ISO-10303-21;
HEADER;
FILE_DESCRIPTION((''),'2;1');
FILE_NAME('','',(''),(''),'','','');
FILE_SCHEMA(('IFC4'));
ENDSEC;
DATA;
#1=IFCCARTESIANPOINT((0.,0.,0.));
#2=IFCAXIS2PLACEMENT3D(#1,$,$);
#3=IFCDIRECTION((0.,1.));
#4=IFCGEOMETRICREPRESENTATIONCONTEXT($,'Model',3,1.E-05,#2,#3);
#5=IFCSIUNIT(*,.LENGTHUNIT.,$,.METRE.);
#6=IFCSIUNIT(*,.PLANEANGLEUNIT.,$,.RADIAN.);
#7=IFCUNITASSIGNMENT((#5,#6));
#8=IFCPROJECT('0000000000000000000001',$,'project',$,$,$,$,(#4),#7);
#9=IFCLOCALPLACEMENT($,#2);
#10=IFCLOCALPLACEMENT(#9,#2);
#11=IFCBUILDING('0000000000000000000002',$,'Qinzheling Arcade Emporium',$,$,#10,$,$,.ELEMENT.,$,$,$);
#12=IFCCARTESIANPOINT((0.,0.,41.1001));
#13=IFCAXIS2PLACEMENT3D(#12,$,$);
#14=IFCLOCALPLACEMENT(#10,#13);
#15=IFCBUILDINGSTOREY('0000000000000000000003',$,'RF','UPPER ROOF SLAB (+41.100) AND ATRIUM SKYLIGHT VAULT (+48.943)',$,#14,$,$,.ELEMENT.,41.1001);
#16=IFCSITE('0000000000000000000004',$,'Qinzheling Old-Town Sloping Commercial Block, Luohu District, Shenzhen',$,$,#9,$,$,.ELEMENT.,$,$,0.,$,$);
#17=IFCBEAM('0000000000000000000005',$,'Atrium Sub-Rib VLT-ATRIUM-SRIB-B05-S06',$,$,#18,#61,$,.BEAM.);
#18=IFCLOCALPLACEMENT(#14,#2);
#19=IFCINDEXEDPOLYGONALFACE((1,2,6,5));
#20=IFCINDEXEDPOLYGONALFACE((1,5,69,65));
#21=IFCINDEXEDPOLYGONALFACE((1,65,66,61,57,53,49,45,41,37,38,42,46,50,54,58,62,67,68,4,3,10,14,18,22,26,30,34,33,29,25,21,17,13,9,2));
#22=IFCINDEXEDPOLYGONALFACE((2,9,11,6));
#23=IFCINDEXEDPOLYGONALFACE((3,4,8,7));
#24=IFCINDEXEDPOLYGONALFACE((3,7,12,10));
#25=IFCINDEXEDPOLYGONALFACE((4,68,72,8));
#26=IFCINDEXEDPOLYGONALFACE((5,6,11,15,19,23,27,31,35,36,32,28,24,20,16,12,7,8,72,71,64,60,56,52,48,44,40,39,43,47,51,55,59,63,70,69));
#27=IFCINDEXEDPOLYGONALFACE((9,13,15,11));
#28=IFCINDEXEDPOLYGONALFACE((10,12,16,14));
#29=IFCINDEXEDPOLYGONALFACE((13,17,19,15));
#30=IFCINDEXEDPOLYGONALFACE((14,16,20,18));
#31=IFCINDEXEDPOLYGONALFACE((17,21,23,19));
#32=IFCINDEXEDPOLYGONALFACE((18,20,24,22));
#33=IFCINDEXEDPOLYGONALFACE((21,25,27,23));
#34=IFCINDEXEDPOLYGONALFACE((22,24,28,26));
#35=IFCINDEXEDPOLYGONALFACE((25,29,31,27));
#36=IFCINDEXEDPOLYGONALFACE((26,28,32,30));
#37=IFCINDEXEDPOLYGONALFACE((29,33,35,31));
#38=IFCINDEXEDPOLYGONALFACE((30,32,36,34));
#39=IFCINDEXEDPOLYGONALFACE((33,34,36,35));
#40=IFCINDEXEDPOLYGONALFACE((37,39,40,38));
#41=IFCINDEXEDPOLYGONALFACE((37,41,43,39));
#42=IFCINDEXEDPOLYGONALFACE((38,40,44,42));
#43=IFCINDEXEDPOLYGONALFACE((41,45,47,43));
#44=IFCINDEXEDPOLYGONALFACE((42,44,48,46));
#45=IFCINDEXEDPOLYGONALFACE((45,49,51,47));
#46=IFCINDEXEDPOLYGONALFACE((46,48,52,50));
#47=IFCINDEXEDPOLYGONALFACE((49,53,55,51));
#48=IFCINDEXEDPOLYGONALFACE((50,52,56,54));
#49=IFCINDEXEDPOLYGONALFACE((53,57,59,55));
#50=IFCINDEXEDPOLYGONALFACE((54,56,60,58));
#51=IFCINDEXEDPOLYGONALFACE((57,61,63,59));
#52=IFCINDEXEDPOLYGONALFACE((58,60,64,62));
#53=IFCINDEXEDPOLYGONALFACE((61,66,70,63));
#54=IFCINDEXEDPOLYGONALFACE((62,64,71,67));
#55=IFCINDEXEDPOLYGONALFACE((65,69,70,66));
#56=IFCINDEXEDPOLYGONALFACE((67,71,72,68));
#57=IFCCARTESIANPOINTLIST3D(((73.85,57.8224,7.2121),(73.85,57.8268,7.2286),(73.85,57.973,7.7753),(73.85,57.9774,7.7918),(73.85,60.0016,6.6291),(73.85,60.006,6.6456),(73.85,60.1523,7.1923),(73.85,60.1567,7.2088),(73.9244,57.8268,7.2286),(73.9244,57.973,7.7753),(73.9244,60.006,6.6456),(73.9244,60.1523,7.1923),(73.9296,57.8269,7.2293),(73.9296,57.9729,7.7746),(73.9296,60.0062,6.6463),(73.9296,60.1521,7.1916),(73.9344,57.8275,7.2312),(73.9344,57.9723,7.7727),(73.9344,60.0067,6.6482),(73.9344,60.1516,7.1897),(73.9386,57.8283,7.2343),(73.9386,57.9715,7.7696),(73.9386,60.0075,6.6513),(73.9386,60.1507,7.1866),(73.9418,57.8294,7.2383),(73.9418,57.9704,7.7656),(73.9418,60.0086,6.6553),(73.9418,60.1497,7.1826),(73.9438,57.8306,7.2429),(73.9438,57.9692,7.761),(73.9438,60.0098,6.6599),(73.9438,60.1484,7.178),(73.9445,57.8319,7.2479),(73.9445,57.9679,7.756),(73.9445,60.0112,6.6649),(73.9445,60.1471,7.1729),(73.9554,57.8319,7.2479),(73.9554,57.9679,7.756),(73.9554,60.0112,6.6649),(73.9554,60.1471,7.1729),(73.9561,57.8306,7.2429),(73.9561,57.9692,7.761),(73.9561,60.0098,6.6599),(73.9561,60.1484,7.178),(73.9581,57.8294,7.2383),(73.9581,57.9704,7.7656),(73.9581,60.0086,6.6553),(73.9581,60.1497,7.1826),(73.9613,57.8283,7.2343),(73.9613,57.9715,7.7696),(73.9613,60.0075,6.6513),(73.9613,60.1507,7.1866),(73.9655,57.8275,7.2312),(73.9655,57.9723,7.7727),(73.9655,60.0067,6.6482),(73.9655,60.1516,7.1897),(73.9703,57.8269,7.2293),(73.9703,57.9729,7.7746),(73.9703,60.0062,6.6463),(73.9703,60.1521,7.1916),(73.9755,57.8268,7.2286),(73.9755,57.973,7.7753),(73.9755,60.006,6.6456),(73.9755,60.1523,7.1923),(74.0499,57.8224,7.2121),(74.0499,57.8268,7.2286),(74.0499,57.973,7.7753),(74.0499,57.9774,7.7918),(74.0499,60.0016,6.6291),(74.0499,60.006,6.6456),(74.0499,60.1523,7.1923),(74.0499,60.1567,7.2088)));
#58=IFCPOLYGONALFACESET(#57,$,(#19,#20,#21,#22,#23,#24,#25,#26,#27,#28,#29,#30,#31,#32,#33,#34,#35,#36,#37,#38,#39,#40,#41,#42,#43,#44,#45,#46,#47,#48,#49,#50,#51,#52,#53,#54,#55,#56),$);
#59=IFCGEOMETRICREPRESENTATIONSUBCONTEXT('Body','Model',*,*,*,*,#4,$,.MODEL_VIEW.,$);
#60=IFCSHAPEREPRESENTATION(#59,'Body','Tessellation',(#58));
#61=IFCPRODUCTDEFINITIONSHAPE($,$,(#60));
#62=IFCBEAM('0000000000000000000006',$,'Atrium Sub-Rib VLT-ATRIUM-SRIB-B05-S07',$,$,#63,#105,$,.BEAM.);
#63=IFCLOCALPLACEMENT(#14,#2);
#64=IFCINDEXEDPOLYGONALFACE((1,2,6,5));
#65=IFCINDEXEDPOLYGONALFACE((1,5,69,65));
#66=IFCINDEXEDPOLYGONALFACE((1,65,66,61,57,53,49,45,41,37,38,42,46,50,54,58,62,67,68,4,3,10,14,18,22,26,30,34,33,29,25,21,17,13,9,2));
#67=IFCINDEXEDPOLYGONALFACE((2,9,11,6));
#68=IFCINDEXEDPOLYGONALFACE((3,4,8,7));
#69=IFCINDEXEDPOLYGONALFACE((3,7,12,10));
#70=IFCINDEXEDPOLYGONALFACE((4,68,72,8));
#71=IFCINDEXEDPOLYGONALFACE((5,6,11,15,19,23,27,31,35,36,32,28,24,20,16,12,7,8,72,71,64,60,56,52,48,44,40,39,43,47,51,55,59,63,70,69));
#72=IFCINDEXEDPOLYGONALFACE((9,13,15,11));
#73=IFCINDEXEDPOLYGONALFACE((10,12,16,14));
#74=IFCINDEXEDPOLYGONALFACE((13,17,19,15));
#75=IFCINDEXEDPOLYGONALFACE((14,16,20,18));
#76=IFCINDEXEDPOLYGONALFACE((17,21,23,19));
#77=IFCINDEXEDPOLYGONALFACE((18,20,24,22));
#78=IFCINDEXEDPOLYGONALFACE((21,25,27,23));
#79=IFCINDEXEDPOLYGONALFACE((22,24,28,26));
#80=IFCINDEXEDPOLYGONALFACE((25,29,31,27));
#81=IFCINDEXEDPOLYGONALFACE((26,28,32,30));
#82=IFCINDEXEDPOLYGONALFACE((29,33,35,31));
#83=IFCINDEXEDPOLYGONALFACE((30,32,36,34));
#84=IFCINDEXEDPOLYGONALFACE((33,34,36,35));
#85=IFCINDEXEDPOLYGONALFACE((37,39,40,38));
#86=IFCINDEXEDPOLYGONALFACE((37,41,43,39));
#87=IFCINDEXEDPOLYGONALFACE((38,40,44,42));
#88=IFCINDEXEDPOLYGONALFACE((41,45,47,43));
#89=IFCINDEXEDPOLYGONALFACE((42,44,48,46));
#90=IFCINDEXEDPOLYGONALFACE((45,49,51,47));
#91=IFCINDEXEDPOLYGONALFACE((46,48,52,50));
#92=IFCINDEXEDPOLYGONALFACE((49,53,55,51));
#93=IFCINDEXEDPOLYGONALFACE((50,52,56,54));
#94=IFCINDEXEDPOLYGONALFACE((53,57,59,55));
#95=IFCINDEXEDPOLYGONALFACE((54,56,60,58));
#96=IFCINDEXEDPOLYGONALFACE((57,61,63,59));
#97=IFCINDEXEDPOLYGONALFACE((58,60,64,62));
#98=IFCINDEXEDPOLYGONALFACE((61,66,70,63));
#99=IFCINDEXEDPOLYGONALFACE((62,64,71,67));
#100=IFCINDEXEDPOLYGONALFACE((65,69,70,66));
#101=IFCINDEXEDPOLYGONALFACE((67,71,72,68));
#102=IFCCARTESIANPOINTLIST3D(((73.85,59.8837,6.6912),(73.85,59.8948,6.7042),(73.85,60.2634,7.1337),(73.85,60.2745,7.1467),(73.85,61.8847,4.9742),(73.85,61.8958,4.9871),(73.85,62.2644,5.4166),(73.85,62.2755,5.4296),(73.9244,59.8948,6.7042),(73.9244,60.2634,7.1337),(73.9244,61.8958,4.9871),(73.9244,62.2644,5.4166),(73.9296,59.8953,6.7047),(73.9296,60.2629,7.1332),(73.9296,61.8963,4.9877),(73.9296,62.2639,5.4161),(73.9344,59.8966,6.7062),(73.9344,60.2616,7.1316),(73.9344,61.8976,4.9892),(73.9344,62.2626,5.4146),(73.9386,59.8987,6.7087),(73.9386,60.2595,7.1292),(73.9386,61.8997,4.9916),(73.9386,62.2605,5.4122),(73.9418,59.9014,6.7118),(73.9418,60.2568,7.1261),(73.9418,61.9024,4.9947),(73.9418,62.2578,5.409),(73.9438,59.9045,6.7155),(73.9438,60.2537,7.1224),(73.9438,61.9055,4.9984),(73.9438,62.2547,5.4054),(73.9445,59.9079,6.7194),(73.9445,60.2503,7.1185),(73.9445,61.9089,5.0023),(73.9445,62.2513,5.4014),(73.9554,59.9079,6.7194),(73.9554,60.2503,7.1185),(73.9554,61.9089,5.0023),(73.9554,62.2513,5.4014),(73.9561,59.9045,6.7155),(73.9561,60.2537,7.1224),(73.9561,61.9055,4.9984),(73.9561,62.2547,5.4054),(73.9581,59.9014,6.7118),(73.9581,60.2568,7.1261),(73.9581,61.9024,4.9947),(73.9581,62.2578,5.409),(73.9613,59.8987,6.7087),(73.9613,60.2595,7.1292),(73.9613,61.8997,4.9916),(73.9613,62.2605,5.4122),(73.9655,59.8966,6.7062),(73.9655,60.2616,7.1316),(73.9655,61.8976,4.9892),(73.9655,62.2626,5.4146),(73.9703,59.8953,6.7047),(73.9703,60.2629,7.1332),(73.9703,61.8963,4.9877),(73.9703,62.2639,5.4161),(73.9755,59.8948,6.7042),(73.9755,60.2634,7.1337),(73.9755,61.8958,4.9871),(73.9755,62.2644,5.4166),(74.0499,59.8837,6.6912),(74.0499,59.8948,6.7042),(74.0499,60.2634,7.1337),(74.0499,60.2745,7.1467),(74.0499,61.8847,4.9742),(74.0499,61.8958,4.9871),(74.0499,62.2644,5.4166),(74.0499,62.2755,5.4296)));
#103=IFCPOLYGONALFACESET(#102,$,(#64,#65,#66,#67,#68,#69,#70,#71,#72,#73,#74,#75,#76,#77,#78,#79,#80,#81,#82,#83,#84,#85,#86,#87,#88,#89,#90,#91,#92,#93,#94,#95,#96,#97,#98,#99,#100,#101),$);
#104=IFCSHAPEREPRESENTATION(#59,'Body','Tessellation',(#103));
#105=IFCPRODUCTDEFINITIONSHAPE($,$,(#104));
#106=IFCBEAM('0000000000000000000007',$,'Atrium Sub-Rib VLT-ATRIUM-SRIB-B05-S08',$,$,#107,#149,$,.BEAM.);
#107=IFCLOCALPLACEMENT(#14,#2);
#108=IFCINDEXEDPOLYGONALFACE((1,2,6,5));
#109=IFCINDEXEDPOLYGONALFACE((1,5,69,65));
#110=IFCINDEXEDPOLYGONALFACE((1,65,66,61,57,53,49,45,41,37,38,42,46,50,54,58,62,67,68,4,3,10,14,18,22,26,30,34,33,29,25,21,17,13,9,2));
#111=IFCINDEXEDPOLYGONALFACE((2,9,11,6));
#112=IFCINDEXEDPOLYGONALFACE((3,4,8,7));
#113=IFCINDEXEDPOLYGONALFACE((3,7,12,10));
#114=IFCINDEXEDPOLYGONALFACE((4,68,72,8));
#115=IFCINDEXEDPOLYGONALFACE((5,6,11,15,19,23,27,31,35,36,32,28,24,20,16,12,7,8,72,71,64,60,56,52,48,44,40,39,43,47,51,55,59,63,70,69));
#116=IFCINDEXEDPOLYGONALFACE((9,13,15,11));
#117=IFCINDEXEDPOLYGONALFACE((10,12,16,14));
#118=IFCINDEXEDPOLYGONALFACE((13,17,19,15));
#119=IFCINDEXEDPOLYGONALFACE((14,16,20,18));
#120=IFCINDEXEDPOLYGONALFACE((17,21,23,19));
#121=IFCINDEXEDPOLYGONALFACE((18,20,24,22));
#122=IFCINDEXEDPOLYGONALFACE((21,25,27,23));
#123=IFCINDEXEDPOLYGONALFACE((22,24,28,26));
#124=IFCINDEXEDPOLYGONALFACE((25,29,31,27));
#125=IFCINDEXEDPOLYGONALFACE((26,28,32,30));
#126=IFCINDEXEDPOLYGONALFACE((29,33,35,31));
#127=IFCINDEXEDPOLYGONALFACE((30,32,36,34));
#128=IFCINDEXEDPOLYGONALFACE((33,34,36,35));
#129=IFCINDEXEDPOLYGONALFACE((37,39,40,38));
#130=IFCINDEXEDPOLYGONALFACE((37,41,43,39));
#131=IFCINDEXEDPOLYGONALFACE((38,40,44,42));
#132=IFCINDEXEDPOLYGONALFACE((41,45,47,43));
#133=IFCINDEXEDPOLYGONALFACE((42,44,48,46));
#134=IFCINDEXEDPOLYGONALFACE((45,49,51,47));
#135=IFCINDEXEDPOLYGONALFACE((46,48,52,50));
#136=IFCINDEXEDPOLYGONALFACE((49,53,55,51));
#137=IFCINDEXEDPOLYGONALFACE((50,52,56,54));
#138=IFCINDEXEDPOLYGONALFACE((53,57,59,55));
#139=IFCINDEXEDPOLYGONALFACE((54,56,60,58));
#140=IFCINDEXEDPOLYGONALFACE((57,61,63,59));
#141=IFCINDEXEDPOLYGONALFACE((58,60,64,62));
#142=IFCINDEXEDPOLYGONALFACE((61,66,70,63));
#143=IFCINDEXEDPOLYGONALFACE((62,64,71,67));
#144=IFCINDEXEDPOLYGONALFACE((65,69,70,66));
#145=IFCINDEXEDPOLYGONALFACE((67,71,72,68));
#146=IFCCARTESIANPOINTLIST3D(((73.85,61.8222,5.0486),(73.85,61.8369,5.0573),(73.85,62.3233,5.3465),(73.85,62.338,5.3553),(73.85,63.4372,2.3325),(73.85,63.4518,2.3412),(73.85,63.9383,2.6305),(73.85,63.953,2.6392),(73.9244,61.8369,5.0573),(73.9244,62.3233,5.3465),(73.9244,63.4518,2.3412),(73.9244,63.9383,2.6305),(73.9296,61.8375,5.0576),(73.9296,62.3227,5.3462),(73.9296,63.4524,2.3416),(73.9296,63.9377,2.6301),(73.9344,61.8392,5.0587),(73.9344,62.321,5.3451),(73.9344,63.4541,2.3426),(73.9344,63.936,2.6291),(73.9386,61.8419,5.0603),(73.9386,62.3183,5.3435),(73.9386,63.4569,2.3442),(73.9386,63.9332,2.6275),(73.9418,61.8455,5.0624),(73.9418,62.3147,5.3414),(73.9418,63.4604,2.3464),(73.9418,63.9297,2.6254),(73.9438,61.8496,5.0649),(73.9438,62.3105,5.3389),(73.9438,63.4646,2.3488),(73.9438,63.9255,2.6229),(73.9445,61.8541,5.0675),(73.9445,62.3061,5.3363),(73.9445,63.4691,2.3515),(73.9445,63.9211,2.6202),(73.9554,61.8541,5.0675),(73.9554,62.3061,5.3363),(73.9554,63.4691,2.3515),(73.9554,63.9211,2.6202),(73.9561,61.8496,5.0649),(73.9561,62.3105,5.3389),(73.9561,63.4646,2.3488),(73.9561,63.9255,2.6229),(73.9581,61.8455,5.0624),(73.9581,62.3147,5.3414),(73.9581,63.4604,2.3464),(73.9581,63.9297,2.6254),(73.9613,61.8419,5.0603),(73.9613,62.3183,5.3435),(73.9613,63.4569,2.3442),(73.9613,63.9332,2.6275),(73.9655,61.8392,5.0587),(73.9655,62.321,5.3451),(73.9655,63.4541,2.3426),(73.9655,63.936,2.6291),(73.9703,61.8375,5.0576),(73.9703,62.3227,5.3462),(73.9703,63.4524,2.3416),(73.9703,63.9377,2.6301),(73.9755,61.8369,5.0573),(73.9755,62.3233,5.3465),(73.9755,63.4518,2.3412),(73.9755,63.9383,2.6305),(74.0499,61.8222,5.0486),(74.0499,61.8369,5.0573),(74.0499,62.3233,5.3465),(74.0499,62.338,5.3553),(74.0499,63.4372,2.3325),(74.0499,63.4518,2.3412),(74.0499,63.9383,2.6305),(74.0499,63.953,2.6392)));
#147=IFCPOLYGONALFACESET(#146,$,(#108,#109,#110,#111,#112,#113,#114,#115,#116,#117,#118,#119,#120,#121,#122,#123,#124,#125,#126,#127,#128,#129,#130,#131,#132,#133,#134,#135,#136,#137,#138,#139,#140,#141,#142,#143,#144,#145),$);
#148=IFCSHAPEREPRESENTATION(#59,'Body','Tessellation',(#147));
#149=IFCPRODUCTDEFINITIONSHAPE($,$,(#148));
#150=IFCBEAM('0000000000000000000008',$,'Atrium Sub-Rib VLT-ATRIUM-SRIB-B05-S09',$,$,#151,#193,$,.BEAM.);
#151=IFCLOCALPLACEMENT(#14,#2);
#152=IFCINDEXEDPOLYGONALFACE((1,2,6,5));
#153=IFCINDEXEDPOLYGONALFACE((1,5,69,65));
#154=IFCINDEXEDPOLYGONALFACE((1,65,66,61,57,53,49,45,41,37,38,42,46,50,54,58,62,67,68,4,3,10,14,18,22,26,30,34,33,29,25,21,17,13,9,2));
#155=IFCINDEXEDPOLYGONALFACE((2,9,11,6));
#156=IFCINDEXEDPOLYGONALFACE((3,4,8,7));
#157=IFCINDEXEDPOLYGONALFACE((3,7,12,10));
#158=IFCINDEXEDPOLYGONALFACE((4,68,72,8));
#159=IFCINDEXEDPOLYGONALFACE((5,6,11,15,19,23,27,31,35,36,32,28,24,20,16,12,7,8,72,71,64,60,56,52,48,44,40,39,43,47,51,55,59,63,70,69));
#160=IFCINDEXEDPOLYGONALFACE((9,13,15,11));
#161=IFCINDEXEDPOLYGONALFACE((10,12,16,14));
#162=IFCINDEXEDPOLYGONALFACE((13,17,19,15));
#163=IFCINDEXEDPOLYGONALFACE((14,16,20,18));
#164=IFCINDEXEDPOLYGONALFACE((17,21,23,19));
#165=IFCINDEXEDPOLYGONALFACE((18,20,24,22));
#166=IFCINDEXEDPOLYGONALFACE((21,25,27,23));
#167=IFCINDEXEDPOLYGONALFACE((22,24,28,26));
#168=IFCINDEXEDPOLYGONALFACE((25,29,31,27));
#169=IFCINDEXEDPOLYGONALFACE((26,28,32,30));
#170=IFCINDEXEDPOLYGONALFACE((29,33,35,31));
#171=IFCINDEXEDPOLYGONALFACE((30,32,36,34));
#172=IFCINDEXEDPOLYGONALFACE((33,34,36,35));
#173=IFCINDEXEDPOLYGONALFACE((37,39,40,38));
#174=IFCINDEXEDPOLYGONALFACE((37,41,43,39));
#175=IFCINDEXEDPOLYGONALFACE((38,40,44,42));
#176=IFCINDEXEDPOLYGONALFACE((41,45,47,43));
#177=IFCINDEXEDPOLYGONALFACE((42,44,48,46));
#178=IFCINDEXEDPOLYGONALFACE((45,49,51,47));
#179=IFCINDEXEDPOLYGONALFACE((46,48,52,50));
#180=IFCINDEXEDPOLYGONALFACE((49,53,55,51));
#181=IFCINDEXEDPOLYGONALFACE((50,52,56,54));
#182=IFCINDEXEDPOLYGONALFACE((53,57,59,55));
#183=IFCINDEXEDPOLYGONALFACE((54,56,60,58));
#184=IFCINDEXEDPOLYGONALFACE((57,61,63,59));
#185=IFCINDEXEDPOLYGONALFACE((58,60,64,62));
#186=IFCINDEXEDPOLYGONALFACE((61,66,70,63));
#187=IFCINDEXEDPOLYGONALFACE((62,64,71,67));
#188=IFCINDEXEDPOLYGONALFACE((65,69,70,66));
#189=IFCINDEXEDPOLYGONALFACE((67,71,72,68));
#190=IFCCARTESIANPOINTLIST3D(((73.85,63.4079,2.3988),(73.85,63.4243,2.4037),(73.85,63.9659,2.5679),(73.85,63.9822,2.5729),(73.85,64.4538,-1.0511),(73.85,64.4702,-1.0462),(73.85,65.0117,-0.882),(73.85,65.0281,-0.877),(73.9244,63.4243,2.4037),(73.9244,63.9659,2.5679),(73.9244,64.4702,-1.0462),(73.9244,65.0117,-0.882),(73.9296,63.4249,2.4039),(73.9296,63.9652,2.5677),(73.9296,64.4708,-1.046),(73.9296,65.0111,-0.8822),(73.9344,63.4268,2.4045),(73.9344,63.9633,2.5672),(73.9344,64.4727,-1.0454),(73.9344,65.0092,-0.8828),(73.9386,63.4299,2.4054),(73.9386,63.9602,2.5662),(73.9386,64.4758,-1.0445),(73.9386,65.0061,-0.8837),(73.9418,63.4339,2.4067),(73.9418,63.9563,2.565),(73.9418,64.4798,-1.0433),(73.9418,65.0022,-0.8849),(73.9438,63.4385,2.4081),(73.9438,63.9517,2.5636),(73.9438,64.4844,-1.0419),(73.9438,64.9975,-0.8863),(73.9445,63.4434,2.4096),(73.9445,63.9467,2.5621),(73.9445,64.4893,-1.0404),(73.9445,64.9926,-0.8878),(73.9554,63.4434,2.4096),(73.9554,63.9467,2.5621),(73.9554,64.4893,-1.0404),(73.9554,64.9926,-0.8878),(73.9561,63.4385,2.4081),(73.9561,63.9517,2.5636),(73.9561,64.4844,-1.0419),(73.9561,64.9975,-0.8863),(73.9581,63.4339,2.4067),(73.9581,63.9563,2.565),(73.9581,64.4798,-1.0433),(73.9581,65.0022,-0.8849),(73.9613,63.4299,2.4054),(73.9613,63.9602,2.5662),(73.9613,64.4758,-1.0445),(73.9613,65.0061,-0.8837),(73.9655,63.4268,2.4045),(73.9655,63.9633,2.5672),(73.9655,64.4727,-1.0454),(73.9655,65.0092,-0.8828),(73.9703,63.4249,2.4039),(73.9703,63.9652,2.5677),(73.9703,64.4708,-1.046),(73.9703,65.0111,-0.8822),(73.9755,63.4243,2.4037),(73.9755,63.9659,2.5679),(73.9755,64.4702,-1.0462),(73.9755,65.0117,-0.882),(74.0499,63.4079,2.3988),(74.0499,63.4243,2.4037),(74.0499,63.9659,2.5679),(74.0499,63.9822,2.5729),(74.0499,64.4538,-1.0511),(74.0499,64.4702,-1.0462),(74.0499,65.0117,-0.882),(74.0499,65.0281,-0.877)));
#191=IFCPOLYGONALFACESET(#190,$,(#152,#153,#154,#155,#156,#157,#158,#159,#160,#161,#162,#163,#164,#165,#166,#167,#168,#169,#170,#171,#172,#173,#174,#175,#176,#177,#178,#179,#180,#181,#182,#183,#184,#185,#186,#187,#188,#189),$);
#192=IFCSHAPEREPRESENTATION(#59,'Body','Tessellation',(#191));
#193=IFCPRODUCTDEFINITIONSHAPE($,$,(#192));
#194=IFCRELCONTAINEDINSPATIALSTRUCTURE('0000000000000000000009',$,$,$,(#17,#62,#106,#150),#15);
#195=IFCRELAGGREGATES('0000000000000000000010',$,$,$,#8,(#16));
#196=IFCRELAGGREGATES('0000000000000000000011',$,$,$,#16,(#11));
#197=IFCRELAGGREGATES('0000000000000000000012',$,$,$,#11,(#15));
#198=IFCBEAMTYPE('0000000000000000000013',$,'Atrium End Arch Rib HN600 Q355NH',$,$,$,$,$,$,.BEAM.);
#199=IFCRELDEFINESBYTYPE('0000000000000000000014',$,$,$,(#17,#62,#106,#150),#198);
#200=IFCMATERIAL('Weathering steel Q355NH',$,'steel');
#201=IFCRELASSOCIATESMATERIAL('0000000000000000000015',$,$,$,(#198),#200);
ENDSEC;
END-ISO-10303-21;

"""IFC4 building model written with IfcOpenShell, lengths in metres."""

from ifc_helpers import new_model, si_unit, direction, frame, origin, origin_2d, place, context, subcontext, project, spatial, i_section, extrude, material, material_profile, profile_set, type_object, element, save


model = new_model("IFC4")

# Units and contexts
model_context = context("Model", 3, precision=1e-05, world=origin(), true_north=direction((0.0, 1.0)))
body_context = subcontext(model_context, "Body", "Model", "MODEL_VIEW")
ifc_project = project(units=[si_unit("LENGTHUNIT", "METRE"), si_unit("PLANEANGLEUNIT", "RADIAN")], contexts=[model_context])

# Site, building, storey
site_placement = place(None, origin())
site = spatial("IfcSite", under=ifc_project, at=site_placement, Name="Qinzheling Old-Town Sloping Commercial Block, Luohu District, Shenzhen", CompositionType="ELEMENT", RefElevation=0.0)
building_placement = place(site_placement, origin())
building = spatial("IfcBuilding", under=site, at=building_placement, Name="Qinzheling Arcade Emporium", CompositionType="ELEMENT")
storey_placement = place(building_placement, frame((0.0, 0.0, 41.1001)))
storey = spatial("IfcBuildingStorey", under=building, at=storey_placement, Name="RF", Description="UPPER ROOF SLAB (+41.100) AND ATRIUM SKYLIGHT VAULT (+48.943)", CompositionType="ELEMENT", Elevation=41.1001)

# Beams
ifc_material_1 = material(Name="Weathering steel Q355NH", Category="steel")
ifc_material_profile_1 = material_profile(ifc_material_1, i_section(OverallWidth=0.2, OverallDepth=0.6001, WebThickness=0.011, FlangeThickness=0.0171, FilletRadius=0.02, at=origin_2d()), Name="HN 600x200x11x17", Category="steel")
ifc_profile_set_1 = profile_set([ifc_material_profile_1], Name="Weathering steel Q355NH")
beam_type_1 = type_object("IfcBeamType", Name="Atrium End Arch Rib HN600 Q355NH", PredefinedType="BEAM", material=ifc_profile_set_1)
beam_1_placement = place(storey_placement, frame((73.95, 57.8999, 7.502), z_axis=(0.0, 0.966026, -0.258444), x_axis=(-1.0, 0.0, 0.0)))
element("IfcBeam", 1, at=beam_1_placement, inside=storey, type_object=beam_type_1, Name="Atrium Sub-Rib VLT-ATRIUM-SRIB-B05-S06", PredefinedType="BEAM", context=body_context, shape_type="SweptSolid", body=[
    extrude(i_section(OverallWidth=0.2, OverallDepth=0.6001, WebThickness=0.011, FlangeThickness=0.0171, FilletRadius=0.02, at=origin_2d()), origin(), (0.0, 0.0, 1.0), 2.2559),
])
beam_2_placement = place(storey_placement, frame((73.95, 60.0791, 6.9189), z_axis=(0.0, 0.758897, -0.651211), x_axis=(-1.0, 0.0, 0.0)))
element("IfcBeam", 2, at=beam_2_placement, inside=storey, type_object=beam_type_1, Name="Atrium Sub-Rib VLT-ATRIUM-SRIB-B05-S07", PredefinedType="BEAM", context=body_context, shape_type="SweptSolid", body=[
    extrude(i_section(OverallWidth=0.2, OverallDepth=0.6001, WebThickness=0.011, FlangeThickness=0.0171, FilletRadius=0.02, at=origin_2d()), origin(), (0.0, 0.0, 1.0), 2.6367),
])
beam_3_placement = place(storey_placement, frame((73.95, 62.0801, 5.2019), z_axis=(0.0, 0.511083, -0.859531), x_axis=(-1.0, 0.0, 0.0)))
element("IfcBeam", 3, at=beam_3_placement, inside=storey, type_object=beam_type_1, Name="Atrium Sub-Rib VLT-ATRIUM-SRIB-B05-S08", PredefinedType="BEAM", context=body_context, shape_type="SweptSolid", body=[
    extrude(i_section(OverallWidth=0.2, OverallDepth=0.6001, WebThickness=0.011, FlangeThickness=0.0171, FilletRadius=0.02, at=origin_2d()), origin(), (0.0, 0.0, 1.0), 3.1599),
])
beam_4_placement = place(storey_placement, frame((73.95, 63.6951, 2.4858), z_axis=(0.0, 0.290124, -0.956989), x_axis=(-1.0, 0.0, 0.0)))
element("IfcBeam", 4, at=beam_4_placement, inside=storey, type_object=beam_type_1, Name="Atrium Sub-Rib VLT-ATRIUM-SRIB-B05-S09", PredefinedType="BEAM", context=body_context, shape_type="SweptSolid", body=[
    extrude(i_section(OverallWidth=0.2, OverallDepth=0.6001, WebThickness=0.011, FlangeThickness=0.0171, FilletRadius=0.02, at=origin_2d()), origin(), (0.0, 0.0, 1.0), 3.605),
])

save(model, "model.ifc")
